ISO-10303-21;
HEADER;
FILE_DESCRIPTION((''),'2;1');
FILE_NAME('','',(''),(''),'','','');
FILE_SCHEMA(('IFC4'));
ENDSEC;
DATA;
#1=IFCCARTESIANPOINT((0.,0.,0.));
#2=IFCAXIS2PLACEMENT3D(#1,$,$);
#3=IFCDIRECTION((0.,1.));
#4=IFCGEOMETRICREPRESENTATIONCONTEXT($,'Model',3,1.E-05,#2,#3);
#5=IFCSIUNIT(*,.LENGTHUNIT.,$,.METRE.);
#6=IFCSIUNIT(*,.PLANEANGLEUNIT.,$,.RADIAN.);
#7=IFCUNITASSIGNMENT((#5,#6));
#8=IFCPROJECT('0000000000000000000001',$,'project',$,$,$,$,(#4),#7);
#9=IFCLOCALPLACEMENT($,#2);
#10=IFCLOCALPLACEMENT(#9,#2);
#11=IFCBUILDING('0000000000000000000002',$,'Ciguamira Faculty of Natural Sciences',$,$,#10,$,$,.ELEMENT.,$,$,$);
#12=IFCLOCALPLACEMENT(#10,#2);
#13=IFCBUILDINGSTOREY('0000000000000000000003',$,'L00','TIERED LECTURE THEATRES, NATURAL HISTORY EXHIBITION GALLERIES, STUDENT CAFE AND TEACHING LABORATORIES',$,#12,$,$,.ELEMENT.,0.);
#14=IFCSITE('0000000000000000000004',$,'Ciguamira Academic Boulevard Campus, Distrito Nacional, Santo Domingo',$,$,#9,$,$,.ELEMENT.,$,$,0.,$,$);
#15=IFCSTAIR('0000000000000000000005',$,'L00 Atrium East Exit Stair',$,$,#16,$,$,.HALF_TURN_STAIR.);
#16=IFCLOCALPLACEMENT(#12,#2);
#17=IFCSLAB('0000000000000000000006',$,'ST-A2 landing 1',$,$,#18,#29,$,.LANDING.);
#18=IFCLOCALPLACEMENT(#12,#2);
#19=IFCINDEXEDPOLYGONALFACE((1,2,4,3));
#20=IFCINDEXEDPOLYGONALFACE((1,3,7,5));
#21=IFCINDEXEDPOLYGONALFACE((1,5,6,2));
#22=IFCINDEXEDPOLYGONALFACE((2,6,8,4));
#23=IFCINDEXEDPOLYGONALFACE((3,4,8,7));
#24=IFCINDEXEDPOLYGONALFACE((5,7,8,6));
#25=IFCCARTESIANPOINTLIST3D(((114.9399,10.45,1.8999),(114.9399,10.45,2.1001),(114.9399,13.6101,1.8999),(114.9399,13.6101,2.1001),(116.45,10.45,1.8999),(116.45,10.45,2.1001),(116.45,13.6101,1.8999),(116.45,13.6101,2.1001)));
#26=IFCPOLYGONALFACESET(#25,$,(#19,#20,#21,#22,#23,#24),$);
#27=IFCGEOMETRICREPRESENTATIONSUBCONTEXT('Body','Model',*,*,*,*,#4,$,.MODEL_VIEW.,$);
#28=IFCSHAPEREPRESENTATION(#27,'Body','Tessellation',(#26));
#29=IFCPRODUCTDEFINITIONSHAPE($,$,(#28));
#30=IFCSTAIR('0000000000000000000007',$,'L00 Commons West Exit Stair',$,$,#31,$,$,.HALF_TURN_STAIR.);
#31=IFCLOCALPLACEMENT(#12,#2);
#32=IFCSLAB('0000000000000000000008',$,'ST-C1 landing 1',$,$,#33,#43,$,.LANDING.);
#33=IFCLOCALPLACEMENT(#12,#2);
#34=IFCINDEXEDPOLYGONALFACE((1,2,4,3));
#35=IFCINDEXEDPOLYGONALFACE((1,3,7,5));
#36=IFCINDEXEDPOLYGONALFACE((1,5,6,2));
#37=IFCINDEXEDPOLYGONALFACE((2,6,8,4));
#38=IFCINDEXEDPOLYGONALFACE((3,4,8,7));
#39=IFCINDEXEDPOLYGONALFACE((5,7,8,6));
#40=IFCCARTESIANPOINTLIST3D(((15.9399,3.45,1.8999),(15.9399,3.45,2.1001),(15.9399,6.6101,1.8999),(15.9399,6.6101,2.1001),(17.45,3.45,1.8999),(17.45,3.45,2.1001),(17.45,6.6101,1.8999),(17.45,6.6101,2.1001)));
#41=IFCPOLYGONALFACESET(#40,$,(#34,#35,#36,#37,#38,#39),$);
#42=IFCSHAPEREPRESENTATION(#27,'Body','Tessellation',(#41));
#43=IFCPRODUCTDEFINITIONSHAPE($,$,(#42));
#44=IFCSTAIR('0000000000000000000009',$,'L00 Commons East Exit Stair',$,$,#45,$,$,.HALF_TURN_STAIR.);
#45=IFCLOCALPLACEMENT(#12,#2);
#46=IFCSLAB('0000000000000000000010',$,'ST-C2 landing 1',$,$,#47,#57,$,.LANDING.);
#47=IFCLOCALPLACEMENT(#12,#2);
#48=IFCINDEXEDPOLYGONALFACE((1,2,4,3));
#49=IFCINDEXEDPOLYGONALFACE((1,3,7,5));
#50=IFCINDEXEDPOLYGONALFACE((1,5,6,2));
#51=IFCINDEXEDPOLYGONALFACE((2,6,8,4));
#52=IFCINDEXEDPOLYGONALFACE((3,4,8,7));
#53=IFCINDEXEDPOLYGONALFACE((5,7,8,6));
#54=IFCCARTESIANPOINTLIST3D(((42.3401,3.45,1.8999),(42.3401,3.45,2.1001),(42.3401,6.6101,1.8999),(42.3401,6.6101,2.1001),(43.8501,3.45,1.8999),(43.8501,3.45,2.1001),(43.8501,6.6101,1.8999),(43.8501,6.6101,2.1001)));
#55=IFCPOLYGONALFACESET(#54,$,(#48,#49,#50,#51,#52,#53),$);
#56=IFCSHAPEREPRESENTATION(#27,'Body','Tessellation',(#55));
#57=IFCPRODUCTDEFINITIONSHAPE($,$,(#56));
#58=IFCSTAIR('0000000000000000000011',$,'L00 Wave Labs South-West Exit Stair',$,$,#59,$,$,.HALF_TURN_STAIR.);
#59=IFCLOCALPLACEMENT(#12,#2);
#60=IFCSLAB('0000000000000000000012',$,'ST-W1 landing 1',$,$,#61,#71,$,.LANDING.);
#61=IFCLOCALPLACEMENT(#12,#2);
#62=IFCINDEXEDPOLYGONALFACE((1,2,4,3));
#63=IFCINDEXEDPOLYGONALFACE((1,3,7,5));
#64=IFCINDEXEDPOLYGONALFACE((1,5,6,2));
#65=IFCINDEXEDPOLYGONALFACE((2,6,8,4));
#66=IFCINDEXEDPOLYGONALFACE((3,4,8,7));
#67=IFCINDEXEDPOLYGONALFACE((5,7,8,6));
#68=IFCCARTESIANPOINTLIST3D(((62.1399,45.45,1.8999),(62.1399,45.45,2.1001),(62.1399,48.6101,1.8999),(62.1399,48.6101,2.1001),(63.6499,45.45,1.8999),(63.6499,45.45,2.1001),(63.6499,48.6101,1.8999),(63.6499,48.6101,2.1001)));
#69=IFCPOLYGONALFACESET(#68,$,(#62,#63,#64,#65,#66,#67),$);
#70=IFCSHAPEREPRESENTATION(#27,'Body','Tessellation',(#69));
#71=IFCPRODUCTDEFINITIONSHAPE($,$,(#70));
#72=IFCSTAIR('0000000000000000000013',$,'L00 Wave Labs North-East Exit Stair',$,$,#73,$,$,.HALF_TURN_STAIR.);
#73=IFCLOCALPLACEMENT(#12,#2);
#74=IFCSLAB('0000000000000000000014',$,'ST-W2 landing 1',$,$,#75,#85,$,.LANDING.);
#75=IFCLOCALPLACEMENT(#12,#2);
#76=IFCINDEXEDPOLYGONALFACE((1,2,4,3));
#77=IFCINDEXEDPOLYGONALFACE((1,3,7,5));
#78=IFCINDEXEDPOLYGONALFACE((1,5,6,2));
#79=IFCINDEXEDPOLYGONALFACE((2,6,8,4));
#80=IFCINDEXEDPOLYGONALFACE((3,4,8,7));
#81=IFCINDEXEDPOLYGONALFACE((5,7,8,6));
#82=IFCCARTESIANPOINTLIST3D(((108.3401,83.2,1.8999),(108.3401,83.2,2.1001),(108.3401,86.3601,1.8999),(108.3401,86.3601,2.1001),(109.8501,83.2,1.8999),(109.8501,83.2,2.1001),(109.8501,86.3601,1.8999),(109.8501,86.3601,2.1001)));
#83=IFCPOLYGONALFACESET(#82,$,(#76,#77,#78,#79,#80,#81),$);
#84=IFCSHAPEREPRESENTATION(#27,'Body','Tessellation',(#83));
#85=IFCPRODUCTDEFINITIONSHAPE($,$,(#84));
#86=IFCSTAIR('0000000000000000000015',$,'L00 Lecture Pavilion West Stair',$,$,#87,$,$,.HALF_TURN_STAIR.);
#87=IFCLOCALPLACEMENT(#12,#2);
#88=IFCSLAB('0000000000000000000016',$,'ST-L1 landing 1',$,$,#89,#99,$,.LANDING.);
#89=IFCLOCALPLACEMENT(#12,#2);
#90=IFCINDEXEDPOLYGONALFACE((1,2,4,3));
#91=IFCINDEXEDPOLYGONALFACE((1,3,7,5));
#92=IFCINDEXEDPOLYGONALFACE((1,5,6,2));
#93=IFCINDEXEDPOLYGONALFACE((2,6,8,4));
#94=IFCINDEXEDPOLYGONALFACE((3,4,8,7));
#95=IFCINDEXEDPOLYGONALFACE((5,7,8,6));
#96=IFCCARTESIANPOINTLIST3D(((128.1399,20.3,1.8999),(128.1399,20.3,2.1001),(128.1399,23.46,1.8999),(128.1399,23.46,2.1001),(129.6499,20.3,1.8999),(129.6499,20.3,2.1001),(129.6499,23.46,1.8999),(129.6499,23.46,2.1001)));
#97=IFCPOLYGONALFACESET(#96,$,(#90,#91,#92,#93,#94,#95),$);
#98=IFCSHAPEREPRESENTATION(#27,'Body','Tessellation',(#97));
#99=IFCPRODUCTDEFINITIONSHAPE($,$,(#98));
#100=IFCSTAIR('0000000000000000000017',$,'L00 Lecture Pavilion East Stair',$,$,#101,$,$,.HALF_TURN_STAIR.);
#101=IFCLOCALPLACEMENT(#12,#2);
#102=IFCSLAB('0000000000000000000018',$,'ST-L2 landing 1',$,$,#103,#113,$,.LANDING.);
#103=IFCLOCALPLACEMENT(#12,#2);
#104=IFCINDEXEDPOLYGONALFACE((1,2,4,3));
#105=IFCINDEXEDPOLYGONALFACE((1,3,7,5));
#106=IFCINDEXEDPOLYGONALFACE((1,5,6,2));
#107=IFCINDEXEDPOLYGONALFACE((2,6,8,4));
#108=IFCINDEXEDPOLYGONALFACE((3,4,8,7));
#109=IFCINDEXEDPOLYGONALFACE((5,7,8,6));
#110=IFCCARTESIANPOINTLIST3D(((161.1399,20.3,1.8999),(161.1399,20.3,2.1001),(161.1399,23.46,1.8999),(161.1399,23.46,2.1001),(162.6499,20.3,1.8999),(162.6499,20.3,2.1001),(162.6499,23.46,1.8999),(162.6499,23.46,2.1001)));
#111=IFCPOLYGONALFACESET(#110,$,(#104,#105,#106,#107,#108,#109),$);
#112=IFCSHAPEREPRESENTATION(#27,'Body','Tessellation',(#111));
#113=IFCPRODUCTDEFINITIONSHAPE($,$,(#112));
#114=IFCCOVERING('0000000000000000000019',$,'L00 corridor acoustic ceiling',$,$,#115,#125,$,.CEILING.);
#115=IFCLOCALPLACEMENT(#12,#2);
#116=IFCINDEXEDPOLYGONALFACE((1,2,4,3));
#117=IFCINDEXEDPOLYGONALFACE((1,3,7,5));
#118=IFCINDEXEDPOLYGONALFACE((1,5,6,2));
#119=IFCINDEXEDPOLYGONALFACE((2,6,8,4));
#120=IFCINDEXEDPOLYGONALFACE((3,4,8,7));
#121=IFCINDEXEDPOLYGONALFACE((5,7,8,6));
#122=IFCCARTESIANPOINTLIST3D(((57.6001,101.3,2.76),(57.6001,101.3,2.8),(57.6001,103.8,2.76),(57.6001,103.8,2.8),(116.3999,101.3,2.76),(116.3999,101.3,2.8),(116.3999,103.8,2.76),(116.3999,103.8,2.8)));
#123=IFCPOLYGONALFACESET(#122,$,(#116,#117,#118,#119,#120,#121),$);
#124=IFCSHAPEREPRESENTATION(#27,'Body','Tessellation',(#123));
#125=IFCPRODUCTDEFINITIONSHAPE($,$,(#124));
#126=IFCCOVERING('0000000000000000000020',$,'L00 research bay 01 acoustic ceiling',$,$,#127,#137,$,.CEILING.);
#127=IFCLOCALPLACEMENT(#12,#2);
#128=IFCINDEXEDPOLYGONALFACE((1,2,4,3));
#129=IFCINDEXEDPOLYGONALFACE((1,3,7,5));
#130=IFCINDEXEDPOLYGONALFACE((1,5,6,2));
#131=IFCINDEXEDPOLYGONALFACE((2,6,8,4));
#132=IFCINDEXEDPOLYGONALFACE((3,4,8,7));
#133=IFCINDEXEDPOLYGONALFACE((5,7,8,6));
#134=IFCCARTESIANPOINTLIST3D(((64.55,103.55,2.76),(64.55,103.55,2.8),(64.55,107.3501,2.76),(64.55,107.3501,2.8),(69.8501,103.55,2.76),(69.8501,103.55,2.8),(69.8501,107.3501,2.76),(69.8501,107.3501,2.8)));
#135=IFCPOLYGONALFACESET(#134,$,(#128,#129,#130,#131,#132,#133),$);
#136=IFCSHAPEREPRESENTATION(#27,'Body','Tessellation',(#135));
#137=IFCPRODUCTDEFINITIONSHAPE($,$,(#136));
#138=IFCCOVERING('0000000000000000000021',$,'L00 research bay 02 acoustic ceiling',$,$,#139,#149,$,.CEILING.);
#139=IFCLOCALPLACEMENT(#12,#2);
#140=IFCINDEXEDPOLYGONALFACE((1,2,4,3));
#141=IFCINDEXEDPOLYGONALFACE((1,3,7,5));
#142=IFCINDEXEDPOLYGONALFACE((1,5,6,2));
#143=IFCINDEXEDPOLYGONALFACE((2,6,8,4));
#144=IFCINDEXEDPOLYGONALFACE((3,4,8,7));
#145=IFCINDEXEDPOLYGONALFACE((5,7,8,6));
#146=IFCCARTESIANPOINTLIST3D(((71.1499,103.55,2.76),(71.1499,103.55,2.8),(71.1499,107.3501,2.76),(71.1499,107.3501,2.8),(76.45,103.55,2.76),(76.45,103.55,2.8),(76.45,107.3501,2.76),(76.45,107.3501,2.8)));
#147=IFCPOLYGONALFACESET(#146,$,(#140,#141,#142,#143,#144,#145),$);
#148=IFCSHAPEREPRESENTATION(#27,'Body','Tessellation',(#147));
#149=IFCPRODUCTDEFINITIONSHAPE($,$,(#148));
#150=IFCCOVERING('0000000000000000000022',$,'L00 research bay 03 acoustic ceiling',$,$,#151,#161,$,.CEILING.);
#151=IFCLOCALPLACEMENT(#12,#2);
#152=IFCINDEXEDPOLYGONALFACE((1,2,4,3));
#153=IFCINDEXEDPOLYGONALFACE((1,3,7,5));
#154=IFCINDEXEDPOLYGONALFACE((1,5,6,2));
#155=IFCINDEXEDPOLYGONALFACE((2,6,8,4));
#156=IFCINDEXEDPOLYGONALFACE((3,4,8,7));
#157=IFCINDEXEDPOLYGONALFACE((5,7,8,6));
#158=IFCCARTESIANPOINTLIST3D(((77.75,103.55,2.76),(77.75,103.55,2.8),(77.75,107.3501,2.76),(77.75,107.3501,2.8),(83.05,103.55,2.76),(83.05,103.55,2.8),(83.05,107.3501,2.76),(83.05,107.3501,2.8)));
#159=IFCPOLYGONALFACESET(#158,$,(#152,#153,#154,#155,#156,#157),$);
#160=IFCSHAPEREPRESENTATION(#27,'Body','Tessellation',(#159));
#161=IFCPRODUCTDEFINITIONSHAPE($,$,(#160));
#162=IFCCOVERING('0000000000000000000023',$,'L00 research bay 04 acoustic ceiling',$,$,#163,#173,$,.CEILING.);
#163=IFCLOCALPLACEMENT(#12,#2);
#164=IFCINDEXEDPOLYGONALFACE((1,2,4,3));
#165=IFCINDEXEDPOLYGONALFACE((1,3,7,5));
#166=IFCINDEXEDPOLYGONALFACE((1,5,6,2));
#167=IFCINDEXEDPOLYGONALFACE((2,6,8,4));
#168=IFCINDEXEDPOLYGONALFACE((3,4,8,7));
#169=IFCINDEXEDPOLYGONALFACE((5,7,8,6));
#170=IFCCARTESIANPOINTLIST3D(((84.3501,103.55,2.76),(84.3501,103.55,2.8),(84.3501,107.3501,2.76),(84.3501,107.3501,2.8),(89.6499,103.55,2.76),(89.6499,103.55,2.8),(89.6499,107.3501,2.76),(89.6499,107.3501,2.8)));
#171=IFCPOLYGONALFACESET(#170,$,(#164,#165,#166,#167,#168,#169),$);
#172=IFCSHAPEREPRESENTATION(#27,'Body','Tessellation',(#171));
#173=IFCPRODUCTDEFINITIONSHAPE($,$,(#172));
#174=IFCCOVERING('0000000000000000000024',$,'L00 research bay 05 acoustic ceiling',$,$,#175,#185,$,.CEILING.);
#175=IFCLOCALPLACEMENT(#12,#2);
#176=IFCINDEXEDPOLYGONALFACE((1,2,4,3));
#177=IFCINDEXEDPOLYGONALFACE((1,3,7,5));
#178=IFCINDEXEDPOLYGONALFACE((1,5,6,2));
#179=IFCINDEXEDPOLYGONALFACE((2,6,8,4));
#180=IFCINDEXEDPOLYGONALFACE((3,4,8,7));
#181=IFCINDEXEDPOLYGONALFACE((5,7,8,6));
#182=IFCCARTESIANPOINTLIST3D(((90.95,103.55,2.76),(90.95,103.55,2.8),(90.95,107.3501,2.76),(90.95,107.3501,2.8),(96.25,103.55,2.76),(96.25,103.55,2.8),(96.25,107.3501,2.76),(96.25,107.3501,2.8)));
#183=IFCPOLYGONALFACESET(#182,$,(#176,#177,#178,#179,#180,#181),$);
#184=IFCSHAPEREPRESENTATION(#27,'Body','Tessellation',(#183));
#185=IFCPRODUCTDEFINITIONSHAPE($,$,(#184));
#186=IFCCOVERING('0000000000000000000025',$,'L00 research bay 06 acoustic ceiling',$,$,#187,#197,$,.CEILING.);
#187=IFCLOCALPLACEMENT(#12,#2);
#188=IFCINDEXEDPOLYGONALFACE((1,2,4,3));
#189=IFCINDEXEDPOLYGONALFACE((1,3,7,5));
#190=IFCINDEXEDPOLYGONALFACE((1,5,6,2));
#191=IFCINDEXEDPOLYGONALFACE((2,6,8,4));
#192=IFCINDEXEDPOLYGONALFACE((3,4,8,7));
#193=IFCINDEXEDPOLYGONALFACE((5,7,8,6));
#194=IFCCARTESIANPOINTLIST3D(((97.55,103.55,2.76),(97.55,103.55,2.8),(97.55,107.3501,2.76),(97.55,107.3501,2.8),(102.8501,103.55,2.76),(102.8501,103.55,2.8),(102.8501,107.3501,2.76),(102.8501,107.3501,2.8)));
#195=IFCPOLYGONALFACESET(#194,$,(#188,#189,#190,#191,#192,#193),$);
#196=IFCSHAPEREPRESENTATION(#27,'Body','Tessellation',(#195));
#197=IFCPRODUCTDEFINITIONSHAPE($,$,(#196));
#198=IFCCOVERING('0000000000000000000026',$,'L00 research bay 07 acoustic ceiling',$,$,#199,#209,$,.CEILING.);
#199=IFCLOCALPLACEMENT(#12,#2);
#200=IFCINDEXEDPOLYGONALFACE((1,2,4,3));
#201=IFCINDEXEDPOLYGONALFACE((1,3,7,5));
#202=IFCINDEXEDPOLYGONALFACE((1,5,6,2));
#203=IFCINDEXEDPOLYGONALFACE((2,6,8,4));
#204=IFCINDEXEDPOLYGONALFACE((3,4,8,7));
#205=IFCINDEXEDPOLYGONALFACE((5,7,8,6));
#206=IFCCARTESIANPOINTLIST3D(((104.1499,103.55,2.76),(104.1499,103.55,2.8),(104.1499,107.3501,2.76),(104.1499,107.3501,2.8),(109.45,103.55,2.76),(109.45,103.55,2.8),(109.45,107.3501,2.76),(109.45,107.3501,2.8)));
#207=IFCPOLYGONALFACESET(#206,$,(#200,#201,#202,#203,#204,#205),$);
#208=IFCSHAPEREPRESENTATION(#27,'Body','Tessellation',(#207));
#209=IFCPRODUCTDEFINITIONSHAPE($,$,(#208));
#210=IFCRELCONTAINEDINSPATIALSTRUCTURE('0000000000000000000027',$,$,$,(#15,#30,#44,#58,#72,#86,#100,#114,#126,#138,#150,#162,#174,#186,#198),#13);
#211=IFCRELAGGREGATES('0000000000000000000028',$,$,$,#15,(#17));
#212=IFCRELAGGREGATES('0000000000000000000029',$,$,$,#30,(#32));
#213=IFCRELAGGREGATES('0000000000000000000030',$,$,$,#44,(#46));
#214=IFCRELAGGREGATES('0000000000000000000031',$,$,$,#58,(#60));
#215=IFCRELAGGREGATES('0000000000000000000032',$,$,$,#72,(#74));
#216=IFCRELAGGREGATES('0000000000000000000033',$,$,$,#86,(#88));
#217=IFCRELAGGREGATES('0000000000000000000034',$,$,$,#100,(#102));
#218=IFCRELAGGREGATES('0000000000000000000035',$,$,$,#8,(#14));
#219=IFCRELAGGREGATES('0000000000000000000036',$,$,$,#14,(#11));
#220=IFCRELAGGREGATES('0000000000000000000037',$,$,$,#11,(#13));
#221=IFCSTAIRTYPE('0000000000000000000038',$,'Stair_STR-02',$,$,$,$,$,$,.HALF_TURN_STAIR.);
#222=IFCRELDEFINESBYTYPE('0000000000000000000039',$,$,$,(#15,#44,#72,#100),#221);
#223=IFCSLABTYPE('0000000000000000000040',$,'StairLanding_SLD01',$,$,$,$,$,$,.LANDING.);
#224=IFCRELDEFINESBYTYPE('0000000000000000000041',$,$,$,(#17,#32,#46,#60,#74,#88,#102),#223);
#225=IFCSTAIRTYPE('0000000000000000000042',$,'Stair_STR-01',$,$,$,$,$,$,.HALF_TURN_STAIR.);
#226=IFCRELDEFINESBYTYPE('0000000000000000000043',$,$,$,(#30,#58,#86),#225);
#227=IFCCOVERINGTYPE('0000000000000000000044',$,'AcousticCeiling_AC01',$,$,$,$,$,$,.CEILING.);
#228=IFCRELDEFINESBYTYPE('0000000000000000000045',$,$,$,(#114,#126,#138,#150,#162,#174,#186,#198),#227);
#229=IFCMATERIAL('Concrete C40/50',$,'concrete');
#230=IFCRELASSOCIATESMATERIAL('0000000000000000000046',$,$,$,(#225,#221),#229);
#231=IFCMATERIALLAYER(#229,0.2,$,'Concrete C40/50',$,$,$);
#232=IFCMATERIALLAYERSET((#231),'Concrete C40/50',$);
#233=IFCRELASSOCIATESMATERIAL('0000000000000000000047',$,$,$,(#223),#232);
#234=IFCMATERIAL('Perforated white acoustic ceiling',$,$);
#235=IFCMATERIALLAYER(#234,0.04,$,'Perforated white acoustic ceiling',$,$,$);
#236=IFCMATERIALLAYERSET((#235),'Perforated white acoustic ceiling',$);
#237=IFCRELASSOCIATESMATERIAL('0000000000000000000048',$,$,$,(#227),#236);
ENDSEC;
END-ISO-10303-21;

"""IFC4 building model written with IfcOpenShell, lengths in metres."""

from ifc_helpers import new_model, si_unit, direction, frame, origin, place, context, subcontext, project, spatial, polyline, outline, extrude, material, layer, layer_set, type_object, element, aggregate, save


model = new_model("IFC4")

# Units and contexts
model_context = context("Model", 3, precision=1e-05, world=origin(), true_north=direction((0.0, 1.0)))
body_context = subcontext(model_context, "Body", "Model", "MODEL_VIEW")
ifc_project = project(units=[si_unit("LENGTHUNIT", "METRE"), si_unit("PLANEANGLEUNIT", "RADIAN")], contexts=[model_context])

# Site, building, storey
site_placement = place(None, origin())
site = spatial("IfcSite", under=ifc_project, at=site_placement, Name="Ciguamira Academic Boulevard Campus, Distrito Nacional, Santo Domingo", CompositionType="ELEMENT", RefElevation=0.0)
building_placement = place(site_placement, origin())
building = spatial("IfcBuilding", under=site, at=building_placement, Name="Ciguamira Faculty of Natural Sciences", CompositionType="ELEMENT")
storey_placement = place(building_placement, origin())
storey = spatial("IfcBuildingStorey", under=building, at=storey_placement, Name="L00", Description="TIERED LECTURE THEATRES, NATURAL HISTORY EXHIBITION GALLERIES, STUDENT CAFE AND TEACHING LABORATORIES", CompositionType="ELEMENT", Elevation=0.0)

# Shared definitions
ifc_material_1 = material(Name="Concrete C40/50", Category="concrete")

# Stairs, slabs
stair_type_1 = type_object("IfcStairType", Name="Stair_STR-01", PredefinedType="HALF_TURN_STAIR", material=ifc_material_1)
ifc_layer_1 = layer(ifc_material_1, 0.2, Name="Concrete C40/50")
ifc_layer_set_1 = layer_set([ifc_layer_1], Name="Concrete C40/50")
slab_type_1 = type_object("IfcSlabType", Name="StairLanding_SLD01", PredefinedType="LANDING", material=ifc_layer_set_1)
stair_type_2 = type_object("IfcStairType", Name="Stair_STR-02", PredefinedType="HALF_TURN_STAIR", material=ifc_material_1)
stair_1_placement = place(storey_placement, origin())
stair_1 = element("IfcStair", 1, at=stair_1_placement, inside=storey, type_object=stair_type_2, Name="L00 Atrium East Exit Stair", PredefinedType="HALF_TURN_STAIR")
slab_1_placement = place(storey_placement, frame((0.0, 0.0, 1.8999)))
slab_1 = element("IfcSlab", 2, at=slab_1_placement, type_object=slab_type_1, Name="ST-A2 landing 1", PredefinedType="LANDING", context=body_context, shape_type="SweptSolid", body=[
    extrude(outline(polyline([(114.9399, 10.45), (116.45, 10.45), (116.45, 13.6101), (114.9399, 13.6101), (114.9399, 10.45)])), origin(), (0.0, 0.0, 1.0), 0.2002),
])
aggregate(stair_1, [slab_1])
stair_2_placement = place(storey_placement, origin())
stair_2 = element("IfcStair", 3, at=stair_2_placement, inside=storey, type_object=stair_type_1, Name="L00 Commons West Exit Stair", PredefinedType="HALF_TURN_STAIR")
slab_2_placement = place(storey_placement, frame((0.0, 0.0, 1.8999)))
slab_2 = element("IfcSlab", 4, at=slab_2_placement, type_object=slab_type_1, Name="ST-C1 landing 1", PredefinedType="LANDING", context=body_context, shape_type="SweptSolid", body=[
    extrude(outline(polyline([(15.9399, 3.45), (17.45, 3.45), (17.45, 6.6101), (15.9399, 6.6101), (15.9399, 3.45)])), origin(), (0.0, 0.0, 1.0), 0.2002),
])
aggregate(stair_2, [slab_2])
stair_3_placement = place(storey_placement, origin())
stair_3 = element("IfcStair", 5, at=stair_3_placement, inside=storey, type_object=stair_type_2, Name="L00 Commons East Exit Stair", PredefinedType="HALF_TURN_STAIR")
slab_3_placement = place(storey_placement, frame((0.0, 0.0, 1.8999)))
slab_3 = element("IfcSlab", 6, at=slab_3_placement, type_object=slab_type_1, Name="ST-C2 landing 1", PredefinedType="LANDING", context=body_context, shape_type="SweptSolid", body=[
    extrude(outline(polyline([(42.3401, 3.45), (43.8501, 3.45), (43.8501, 6.6101), (42.3401, 6.6101), (42.3401, 3.45)])), origin(), (0.0, 0.0, 1.0), 0.2002),
])
aggregate(stair_3, [slab_3])
stair_4_placement = place(storey_placement, origin())
stair_4 = element("IfcStair", 7, at=stair_4_placement, inside=storey, type_object=stair_type_1, Name="L00 Wave Labs South-West Exit Stair", PredefinedType="HALF_TURN_STAIR")
slab_4_placement = place(storey_placement, frame((0.0, 0.0, 1.8999)))
slab_4 = element("IfcSlab", 8, at=slab_4_placement, type_object=slab_type_1, Name="ST-W1 landing 1", PredefinedType="LANDING", context=body_context, shape_type="SweptSolid", body=[
    extrude(outline(polyline([(62.1399, 45.45), (63.6499, 45.45), (63.6499, 48.6101), (62.1399, 48.6101), (62.1399, 45.45)])), origin(), (0.0, 0.0, 1.0), 0.2002),
])
aggregate(stair_4, [slab_4])
stair_5_placement = place(storey_placement, origin())
stair_5 = element("IfcStair", 9, at=stair_5_placement, inside=storey, type_object=stair_type_2, Name="L00 Wave Labs North-East Exit Stair", PredefinedType="HALF_TURN_STAIR")
slab_5_placement = place(storey_placement, frame((0.0, 0.0, 1.8999)))
slab_5 = element("IfcSlab", 10, at=slab_5_placement, type_object=slab_type_1, Name="ST-W2 landing 1", PredefinedType="LANDING", context=body_context, shape_type="SweptSolid", body=[
    extrude(outline(polyline([(108.3401, 83.2), (109.8501, 83.2), (109.8501, 86.3601), (108.3401, 86.3601), (108.3401, 83.2)])), origin(), (0.0, 0.0, 1.0), 0.2002),
])
aggregate(stair_5, [slab_5])
stair_6_placement = place(storey_placement, origin())
stair_6 = element("IfcStair", 11, at=stair_6_placement, inside=storey, type_object=stair_type_1, Name="L00 Lecture Pavilion West Stair", PredefinedType="HALF_TURN_STAIR")
slab_6_placement = place(storey_placement, frame((0.0, 0.0, 1.8999)))
slab_6 = element("IfcSlab", 12, at=slab_6_placement, type_object=slab_type_1, Name="ST-L1 landing 1", PredefinedType="LANDING", context=body_context, shape_type="SweptSolid", body=[
    extrude(outline(polyline([(128.1399, 20.3), (129.6499, 20.3), (129.6499, 23.46), (128.1399, 23.46), (128.1399, 20.3)])), origin(), (0.0, 0.0, 1.0), 0.2002),
])
aggregate(stair_6, [slab_6])
stair_7_placement = place(storey_placement, origin())
stair_7 = element("IfcStair", 13, at=stair_7_placement, inside=storey, type_object=stair_type_2, Name="L00 Lecture Pavilion East Stair", PredefinedType="HALF_TURN_STAIR")
slab_7_placement = place(storey_placement, frame((0.0, 0.0, 1.8999)))
slab_7 = element("IfcSlab", 14, at=slab_7_placement, type_object=slab_type_1, Name="ST-L2 landing 1", PredefinedType="LANDING", context=body_context, shape_type="SweptSolid", body=[
    extrude(outline(polyline([(161.1399, 20.3), (162.6499, 20.3), (162.6499, 23.46), (161.1399, 23.46), (161.1399, 20.3)])), origin(), (0.0, 0.0, 1.0), 0.2002),
])
aggregate(stair_7, [slab_7])

# Coverings
ifc_material_2 = material(Name="Perforated white acoustic ceiling")
ifc_layer_2 = layer(ifc_material_2, 0.04, Name="Perforated white acoustic ceiling")
ifc_layer_set_2 = layer_set([ifc_layer_2], Name="Perforated white acoustic ceiling")
covering_type = type_object("IfcCoveringType", Name="AcousticCeiling_AC01", PredefinedType="CEILING", material=ifc_layer_set_2)
covering_1_placement = place(storey_placement, frame((0.0, 0.0, 2.76)))
element("IfcCovering", 15, at=covering_1_placement, inside=storey, type_object=covering_type, Name="L00 corridor acoustic ceiling", PredefinedType="CEILING", context=body_context, shape_type="SweptSolid", body=[
    extrude(outline(polyline([(57.6001, 101.3), (116.3999, 101.3), (116.3999, 103.8), (57.6001, 103.8), (57.6001, 101.3)])), origin(), (0.0, 0.0, 1.0), 0.04),
])
covering_2_placement = place(storey_placement, frame((0.0, 0.0, 2.76)))
element("IfcCovering", 16, at=covering_2_placement, inside=storey, type_object=covering_type, Name="L00 research bay 01 acoustic ceiling", PredefinedType="CEILING", context=body_context, shape_type="SweptSolid", body=[
    extrude(outline(polyline([(64.55, 103.55), (69.8501, 103.55), (69.8501, 107.3501), (64.55, 107.3501), (64.55, 103.55)])), origin(), (0.0, 0.0, 1.0), 0.04),
])
covering_3_placement = place(storey_placement, frame((0.0, 0.0, 2.76)))
element("IfcCovering", 17, at=covering_3_placement, inside=storey, type_object=covering_type, Name="L00 research bay 02 acoustic ceiling", PredefinedType="CEILING", context=body_context, shape_type="SweptSolid", body=[
    extrude(outline(polyline([(71.1499, 103.55), (76.45, 103.55), (76.45, 107.3501), (71.1499, 107.3501), (71.1499, 103.55)])), origin(), (0.0, 0.0, 1.0), 0.04),
])
covering_4_placement = place(storey_placement, frame((0.0, 0.0, 2.76)))
element("IfcCovering", 18, at=covering_4_placement, inside=storey, type_object=covering_type, Name="L00 research bay 03 acoustic ceiling", PredefinedType="CEILING", context=body_context, shape_type="SweptSolid", body=[
    extrude(outline(polyline([(77.75, 103.55), (83.05, 103.55), (83.05, 107.3501), (77.75, 107.3501), (77.75, 103.55)])), origin(), (0.0, 0.0, 1.0), 0.04),
])
covering_5_placement = place(storey_placement, frame((0.0, 0.0, 2.76)))
element("IfcCovering", 19, at=covering_5_placement, inside=storey, type_object=covering_type, Name="L00 research bay 04 acoustic ceiling", PredefinedType="CEILING", context=body_context, shape_type="SweptSolid", body=[
    extrude(outline(polyline([(84.3501, 103.55), (89.6499, 103.55), (89.6499, 107.3501), (84.3501, 107.3501), (84.3501, 103.55)])), origin(), (0.0, 0.0, 1.0), 0.04),
])
covering_6_placement = place(storey_placement, frame((0.0, 0.0, 2.76)))
element("IfcCovering", 20, at=covering_6_placement, inside=storey, type_object=covering_type, Name="L00 research bay 05 acoustic ceiling", PredefinedType="CEILING", context=body_context, shape_type="SweptSolid", body=[
    extrude(outline(polyline([(90.95, 103.55), (96.25, 103.55), (96.25, 107.3501), (90.95, 107.3501), (90.95, 103.55)])), origin(), (0.0, 0.0, 1.0), 0.04),
])
covering_7_placement = place(storey_placement, frame((0.0, 0.0, 2.76)))
element("IfcCovering", 21, at=covering_7_placement, inside=storey, type_object=covering_type, Name="L00 research bay 06 acoustic ceiling", PredefinedType="CEILING", context=body_context, shape_type="SweptSolid", body=[
    extrude(outline(polyline([(97.55, 103.55), (102.8501, 103.55), (102.8501, 107.3501), (97.55, 107.3501), (97.55, 103.55)])), origin(), (0.0, 0.0, 1.0), 0.04),
])
covering_8_placement = place(storey_placement, frame((0.0, 0.0, 2.76)))
element("IfcCovering", 22, at=covering_8_placement, inside=storey, type_object=covering_type, Name="L00 research bay 07 acoustic ceiling", PredefinedType="CEILING", context=body_context, shape_type="SweptSolid", body=[
    extrude(outline(polyline([(104.1499, 103.55), (109.45, 103.55), (109.45, 107.3501), (104.1499, 107.3501), (104.1499, 103.55)])), origin(), (0.0, 0.0, 1.0), 0.04),
])

save(model, "model.ifc")
